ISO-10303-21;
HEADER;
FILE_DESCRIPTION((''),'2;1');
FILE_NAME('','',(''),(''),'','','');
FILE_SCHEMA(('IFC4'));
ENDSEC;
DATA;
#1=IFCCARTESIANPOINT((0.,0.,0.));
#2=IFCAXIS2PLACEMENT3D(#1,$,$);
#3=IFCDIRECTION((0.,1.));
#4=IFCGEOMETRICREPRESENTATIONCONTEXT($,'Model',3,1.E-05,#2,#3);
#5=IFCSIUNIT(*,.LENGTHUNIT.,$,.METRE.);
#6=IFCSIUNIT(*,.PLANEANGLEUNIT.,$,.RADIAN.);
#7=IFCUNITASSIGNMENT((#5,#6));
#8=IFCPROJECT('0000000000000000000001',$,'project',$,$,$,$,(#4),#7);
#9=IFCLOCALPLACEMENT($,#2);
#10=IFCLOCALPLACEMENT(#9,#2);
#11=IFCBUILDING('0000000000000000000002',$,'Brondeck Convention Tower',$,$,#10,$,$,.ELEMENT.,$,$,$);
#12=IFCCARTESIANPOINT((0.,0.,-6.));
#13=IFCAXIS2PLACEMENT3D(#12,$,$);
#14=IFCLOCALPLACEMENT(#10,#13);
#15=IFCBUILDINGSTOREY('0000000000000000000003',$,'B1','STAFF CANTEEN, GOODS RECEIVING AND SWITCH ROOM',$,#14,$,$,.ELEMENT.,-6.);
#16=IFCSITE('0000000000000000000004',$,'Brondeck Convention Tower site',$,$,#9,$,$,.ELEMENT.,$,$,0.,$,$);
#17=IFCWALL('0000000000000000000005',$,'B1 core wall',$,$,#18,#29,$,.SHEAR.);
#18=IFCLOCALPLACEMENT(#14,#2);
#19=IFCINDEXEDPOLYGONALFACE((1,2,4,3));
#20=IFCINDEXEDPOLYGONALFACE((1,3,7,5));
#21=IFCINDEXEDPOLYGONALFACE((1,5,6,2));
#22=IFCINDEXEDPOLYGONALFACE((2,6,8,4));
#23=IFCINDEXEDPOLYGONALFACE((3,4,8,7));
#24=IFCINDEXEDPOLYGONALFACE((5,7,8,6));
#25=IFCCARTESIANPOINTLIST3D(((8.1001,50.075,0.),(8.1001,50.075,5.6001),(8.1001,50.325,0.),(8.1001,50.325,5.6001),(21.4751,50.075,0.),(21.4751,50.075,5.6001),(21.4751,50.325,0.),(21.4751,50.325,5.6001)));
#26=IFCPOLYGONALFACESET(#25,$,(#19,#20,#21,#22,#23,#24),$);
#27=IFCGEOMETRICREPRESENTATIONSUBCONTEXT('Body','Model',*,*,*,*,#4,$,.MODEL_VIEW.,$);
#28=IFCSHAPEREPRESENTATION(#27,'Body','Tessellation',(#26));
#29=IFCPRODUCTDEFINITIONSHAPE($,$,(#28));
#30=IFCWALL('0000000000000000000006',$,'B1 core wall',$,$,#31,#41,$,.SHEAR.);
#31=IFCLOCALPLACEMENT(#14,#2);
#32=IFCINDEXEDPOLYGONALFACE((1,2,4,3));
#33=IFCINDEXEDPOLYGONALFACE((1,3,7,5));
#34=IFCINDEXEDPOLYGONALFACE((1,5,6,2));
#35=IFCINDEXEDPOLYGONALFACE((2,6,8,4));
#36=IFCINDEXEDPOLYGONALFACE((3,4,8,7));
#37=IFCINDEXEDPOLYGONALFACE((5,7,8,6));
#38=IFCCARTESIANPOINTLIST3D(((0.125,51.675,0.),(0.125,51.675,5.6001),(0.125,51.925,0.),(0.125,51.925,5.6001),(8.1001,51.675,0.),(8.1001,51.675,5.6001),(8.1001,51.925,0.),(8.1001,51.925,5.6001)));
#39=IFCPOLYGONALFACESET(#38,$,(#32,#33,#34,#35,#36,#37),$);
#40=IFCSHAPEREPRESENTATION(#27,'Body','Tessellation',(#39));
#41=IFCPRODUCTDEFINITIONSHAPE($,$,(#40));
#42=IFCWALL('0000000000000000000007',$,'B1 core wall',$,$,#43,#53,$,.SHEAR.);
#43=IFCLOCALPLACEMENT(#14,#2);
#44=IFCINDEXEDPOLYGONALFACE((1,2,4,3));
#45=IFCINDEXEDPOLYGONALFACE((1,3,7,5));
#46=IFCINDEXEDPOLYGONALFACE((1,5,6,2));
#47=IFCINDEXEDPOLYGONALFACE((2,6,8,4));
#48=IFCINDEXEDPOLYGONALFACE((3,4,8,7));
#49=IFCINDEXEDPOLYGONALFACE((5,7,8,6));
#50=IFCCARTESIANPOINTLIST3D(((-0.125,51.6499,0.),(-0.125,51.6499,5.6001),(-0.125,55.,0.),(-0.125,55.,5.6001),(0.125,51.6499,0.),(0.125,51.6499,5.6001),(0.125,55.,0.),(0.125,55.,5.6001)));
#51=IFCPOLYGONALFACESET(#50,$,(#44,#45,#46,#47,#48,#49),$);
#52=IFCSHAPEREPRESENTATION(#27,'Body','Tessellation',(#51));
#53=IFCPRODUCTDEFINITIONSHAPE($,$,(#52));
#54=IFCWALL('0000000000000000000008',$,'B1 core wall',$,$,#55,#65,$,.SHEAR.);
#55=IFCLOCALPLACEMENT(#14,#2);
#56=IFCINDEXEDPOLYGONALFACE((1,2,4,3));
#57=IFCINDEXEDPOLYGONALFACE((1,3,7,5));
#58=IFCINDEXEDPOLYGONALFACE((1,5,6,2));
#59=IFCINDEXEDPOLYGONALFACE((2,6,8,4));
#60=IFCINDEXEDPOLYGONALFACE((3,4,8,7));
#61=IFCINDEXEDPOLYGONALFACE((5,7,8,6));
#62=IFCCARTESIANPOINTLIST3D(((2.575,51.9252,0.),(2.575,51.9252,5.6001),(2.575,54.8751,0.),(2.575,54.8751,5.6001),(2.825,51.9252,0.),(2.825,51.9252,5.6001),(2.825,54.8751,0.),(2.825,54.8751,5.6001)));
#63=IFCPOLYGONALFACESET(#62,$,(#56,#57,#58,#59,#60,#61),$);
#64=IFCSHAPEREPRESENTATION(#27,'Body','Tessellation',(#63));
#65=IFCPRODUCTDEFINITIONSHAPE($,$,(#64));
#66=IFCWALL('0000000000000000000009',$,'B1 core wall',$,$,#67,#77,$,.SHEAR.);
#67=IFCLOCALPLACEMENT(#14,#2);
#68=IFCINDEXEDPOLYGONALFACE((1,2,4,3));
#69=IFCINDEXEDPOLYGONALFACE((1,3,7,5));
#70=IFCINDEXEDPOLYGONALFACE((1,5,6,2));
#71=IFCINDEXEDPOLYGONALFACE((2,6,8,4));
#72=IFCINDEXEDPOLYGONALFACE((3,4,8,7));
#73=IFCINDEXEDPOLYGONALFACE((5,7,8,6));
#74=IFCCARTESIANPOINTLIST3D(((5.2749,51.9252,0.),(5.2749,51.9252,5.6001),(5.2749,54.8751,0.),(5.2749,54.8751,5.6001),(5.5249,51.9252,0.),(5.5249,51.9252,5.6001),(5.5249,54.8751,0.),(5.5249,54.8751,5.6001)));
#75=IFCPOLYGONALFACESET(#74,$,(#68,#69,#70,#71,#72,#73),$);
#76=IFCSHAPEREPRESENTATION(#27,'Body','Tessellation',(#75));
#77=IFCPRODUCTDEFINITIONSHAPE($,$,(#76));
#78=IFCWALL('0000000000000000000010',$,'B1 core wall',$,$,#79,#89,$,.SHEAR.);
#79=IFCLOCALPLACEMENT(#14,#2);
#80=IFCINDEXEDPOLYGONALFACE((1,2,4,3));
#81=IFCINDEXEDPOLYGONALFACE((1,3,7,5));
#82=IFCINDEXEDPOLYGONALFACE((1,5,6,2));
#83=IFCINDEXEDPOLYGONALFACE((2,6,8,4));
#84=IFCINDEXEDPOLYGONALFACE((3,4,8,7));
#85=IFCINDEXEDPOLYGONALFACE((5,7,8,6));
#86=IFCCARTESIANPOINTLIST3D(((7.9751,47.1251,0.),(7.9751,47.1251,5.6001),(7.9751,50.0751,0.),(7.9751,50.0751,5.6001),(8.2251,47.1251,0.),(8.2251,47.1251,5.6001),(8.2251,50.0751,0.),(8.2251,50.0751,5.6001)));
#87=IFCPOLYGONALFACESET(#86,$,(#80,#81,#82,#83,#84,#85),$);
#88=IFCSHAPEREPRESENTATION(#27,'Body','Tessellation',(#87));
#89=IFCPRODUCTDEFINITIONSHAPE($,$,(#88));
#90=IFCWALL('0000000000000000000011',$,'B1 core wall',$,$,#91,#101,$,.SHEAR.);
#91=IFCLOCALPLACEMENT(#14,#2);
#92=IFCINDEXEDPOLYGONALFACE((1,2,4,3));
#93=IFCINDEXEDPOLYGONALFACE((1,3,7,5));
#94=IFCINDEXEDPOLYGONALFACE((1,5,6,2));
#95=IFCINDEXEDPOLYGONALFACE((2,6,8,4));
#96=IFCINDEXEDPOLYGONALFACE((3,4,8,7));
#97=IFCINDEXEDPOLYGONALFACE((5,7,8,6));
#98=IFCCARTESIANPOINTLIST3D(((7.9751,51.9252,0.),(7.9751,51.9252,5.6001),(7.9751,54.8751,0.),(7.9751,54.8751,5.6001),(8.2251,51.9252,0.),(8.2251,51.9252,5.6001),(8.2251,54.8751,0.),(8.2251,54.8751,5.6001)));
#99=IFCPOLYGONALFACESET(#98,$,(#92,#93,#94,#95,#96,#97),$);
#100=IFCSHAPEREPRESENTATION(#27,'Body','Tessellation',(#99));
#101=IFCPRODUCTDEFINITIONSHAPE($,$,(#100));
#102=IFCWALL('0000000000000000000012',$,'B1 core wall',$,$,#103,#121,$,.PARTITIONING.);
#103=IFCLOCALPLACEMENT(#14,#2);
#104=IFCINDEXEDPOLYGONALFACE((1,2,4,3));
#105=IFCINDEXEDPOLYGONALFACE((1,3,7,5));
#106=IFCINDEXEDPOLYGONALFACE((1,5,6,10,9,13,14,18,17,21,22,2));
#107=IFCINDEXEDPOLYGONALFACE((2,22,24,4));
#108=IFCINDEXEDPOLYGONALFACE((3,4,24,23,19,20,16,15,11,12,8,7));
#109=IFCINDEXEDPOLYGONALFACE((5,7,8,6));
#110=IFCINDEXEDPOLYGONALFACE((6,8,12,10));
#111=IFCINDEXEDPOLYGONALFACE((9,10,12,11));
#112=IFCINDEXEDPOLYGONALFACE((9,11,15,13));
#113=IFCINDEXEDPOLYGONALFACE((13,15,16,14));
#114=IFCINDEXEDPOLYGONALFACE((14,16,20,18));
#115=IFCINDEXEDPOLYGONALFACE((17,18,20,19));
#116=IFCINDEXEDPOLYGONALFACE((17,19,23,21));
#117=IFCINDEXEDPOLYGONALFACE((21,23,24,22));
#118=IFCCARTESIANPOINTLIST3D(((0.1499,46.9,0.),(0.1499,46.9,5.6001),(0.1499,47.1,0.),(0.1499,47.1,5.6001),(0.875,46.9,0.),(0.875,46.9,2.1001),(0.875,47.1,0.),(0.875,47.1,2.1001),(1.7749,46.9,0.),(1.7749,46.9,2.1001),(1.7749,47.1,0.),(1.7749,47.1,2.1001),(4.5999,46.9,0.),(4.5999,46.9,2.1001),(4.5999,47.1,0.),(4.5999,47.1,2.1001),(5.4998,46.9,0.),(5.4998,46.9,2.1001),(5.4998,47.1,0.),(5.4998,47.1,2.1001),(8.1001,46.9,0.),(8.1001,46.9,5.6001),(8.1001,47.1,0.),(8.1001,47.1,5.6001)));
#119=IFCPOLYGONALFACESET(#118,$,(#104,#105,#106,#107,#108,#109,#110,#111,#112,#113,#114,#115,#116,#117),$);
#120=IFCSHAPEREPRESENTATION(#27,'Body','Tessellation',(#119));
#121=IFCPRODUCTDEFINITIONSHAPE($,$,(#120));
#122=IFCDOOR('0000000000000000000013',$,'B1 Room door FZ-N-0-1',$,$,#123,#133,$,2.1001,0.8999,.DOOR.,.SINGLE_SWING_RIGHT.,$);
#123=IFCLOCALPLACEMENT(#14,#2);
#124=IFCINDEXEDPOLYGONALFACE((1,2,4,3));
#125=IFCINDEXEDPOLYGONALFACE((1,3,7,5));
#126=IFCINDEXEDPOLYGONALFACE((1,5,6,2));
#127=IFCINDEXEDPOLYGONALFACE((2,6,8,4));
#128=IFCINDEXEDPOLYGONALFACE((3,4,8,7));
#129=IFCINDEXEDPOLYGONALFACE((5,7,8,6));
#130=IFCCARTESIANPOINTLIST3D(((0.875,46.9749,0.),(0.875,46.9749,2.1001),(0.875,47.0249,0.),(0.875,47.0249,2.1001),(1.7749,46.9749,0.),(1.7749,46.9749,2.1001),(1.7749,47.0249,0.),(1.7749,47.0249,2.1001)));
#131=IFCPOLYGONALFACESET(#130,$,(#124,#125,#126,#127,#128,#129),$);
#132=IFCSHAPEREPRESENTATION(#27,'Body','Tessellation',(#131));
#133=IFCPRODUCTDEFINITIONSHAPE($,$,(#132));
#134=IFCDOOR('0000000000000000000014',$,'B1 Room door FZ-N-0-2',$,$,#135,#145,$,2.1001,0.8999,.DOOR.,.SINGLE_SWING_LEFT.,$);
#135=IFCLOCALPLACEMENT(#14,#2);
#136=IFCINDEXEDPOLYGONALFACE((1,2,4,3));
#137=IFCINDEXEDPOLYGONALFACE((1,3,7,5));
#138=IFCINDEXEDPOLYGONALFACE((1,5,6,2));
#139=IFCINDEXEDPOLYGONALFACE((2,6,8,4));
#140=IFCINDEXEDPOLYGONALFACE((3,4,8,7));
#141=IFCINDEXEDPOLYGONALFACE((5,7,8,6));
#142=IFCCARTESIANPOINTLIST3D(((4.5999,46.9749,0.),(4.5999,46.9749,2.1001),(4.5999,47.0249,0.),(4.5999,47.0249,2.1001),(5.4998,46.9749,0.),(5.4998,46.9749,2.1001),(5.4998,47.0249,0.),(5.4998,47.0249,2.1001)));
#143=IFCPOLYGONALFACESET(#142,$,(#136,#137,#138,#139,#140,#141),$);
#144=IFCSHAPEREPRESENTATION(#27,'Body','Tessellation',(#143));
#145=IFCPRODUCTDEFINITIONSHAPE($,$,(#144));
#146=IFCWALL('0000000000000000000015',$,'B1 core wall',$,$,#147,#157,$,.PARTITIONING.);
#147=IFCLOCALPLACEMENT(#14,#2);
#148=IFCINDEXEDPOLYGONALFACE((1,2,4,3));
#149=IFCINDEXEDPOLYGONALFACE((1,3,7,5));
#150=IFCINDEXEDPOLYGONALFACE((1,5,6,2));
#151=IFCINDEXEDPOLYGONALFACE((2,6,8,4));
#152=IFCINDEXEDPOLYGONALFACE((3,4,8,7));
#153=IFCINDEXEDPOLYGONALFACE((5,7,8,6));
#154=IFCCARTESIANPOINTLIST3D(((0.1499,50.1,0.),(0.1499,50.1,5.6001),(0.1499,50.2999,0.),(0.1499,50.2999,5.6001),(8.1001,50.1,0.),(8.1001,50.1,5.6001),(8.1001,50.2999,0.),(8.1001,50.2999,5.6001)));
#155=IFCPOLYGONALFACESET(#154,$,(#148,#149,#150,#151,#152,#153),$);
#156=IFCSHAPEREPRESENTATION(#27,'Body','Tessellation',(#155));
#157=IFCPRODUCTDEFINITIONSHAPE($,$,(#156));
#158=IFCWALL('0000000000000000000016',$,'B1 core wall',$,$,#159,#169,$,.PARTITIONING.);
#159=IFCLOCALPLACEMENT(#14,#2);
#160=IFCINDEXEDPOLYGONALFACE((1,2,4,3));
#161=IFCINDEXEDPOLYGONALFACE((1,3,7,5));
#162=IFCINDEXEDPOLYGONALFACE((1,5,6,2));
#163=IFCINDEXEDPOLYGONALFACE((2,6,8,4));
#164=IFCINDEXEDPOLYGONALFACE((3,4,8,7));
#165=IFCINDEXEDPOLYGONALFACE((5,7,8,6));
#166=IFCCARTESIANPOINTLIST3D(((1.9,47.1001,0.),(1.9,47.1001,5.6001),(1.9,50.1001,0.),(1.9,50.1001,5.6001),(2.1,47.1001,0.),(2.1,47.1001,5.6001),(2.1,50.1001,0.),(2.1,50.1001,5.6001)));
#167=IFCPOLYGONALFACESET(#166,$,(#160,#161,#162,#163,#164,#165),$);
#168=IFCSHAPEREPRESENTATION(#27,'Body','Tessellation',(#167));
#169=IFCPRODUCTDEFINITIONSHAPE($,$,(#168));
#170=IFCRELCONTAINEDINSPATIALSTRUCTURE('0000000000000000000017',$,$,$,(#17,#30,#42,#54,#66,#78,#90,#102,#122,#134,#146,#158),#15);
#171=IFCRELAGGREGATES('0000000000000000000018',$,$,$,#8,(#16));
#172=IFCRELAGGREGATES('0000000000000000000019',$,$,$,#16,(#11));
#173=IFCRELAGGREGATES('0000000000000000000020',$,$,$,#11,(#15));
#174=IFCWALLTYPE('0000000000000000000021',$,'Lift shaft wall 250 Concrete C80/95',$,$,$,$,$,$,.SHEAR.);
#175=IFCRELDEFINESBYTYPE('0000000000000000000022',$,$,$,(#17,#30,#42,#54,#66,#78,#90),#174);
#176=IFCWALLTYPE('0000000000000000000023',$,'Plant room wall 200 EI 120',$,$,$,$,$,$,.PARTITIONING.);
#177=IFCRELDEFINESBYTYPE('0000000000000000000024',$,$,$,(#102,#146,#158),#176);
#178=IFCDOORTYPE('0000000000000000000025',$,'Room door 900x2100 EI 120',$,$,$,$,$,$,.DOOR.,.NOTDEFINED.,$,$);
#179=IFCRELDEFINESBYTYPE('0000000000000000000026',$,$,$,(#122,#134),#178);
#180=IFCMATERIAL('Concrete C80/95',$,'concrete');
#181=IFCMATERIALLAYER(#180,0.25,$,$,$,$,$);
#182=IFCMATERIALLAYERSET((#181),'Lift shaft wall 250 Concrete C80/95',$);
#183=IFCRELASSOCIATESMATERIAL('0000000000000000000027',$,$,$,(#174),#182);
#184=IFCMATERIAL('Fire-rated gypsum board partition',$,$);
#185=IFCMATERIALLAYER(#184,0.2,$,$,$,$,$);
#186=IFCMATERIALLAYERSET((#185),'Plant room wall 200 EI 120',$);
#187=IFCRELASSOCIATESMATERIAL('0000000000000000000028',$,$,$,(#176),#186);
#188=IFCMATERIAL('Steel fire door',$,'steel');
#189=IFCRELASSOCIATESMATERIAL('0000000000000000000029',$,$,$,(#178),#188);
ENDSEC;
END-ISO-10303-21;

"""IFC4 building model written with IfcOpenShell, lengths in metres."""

from ifc_helpers import new_model, si_unit, direction, frame, frame_2d, origin, place, context, subcontext, project, spatial, rectangle, extrude, material, layer, layer_set, type_object, element, fill, save


model = new_model("IFC4")

# Units and contexts
model_context = context("Model", 3, precision=1e-05, world=origin(), true_north=direction((0.0, 1.0)))
body_context = subcontext(model_context, "Body", "Model", "MODEL_VIEW")
ifc_project = project(units=[si_unit("LENGTHUNIT", "METRE"), si_unit("PLANEANGLEUNIT", "RADIAN")], contexts=[model_context])

# Site, building, storey
site_placement = place(None, origin())
site = spatial("IfcSite", under=ifc_project, at=site_placement, Name="Brondeck Convention Tower site", CompositionType="ELEMENT", RefElevation=0.0)
building_placement = place(site_placement, origin())
building = spatial("IfcBuilding", under=site, at=building_placement, Name="Brondeck Convention Tower", CompositionType="ELEMENT")
storey_placement = place(building_placement, frame((0.0, 0.0, -6.0)))
storey = spatial("IfcBuildingStorey", under=building, at=storey_placement, Name="B1", Description="STAFF CANTEEN, GOODS RECEIVING AND SWITCH ROOM", CompositionType="ELEMENT", Elevation=-6.0)

# Shared definitions
ifc_material_1 = material(Name="Concrete C80/95", Category="concrete")

# Walls
ifc_material_2 = material(Name="Fire-rated gypsum board partition")
ifc_layer_1 = layer(ifc_material_1, 0.25)
ifc_layer_set_1 = layer_set([ifc_layer_1], Name="Lift shaft wall 250 Concrete C80/95")
wall_type_1 = type_object("IfcWallType", Name="Lift shaft wall 250 Concrete C80/95", PredefinedType="SHEAR", material=ifc_layer_set_1)
wall_1_placement = place(storey_placement, frame((8.1001, 50.2, 0.0), z_axis=(0.0, 0.0, 1.0), x_axis=(1.0, 0.0, 0.0)))
element("IfcWall", 1, at=wall_1_placement, inside=storey, type_object=wall_type_1, Name="B1 core wall", PredefinedType="SHEAR", context=body_context, shape_type="SweptSolid", body=[
    extrude(rectangle(XDim=13.375, YDim=0.25, at=frame_2d((6.6875, 0.0))), origin(), (0.0, 0.0, 1.0), 5.6001),
])
wall_2_placement = place(storey_placement, frame((0.125, 51.8, 0.0), z_axis=(0.0, 0.0, 1.0), x_axis=(1.0, 0.0, 0.0)))
element("IfcWall", 2, at=wall_2_placement, inside=storey, type_object=wall_type_1, Name="B1 core wall", PredefinedType="SHEAR", context=body_context, shape_type="SweptSolid", body=[
    extrude(rectangle(XDim=7.9751, YDim=0.25, at=frame_2d((3.9875, 0.0))), origin(), (0.0, 0.0, 1.0), 5.6001),
])
wall_3_placement = place(storey_placement, frame((0.0, 51.6499, 0.0), z_axis=(0.0, 0.0, 1.0), x_axis=(0.0, 1.0, 0.0)))
element("IfcWall", 3, at=wall_3_placement, inside=storey, type_object=wall_type_1, Name="B1 core wall", PredefinedType="SHEAR", context=body_context, shape_type="SweptSolid", body=[
    extrude(rectangle(XDim=3.3501, YDim=0.25, at=frame_2d((1.675, 0.0))), origin(), (0.0, 0.0, 1.0), 5.6001),
])
for number, where, z_axis, x_axis, name in (
    (4, (2.7, 51.925, 0.0), (0.0, 0.0, 1.0), (0.0, 1.0, 0.0), "B1 core wall"),
    (5, (5.3999, 51.925, 0.0), (0.0, 0.0, 1.0), (0.0, 1.0, 0.0), "B1 core wall"),
    (6, (8.1001, 47.125, 0.0), (0.0, 0.0, 1.0), (0.0, 1.0, 0.0), "B1 core wall"),
    (7, (8.1001, 51.925, 0.0), (0.0, 0.0, 1.0), (0.0, 1.0, 0.0), "B1 core wall"),
):
    element("IfcWall", number, at=place(storey_placement, frame(where, z_axis=z_axis, x_axis=x_axis)), inside=storey, type_object=wall_type_1, Name=name, PredefinedType="SHEAR", context=body_context, shape_type="SweptSolid", body=[
        extrude(rectangle(XDim=2.95, YDim=0.25, at=frame_2d((1.4751, 0.0))), origin(), (0.0, 0.0, 1.0), 5.6001),
    ])

# Wall, openings, doors
ifc_layer_2 = layer(ifc_material_2, 0.2)
ifc_layer_set_2 = layer_set([ifc_layer_2], Name="Plant room wall 200 EI 120")
wall_type_2 = type_object("IfcWallType", Name="Plant room wall 200 EI 120", PredefinedType="PARTITIONING", material=ifc_layer_set_2)
wall_4_placement = place(storey_placement, frame((0.1499, 47.0, 0.0), z_axis=(0.0, 0.0, 1.0), x_axis=(1.0, 0.0, 0.0)))
wall_4 = element("IfcWall", 8, at=wall_4_placement, inside=storey, type_object=wall_type_2, Name="B1 core wall", PredefinedType="PARTITIONING", context=body_context, shape_type="SweptSolid", body=[
    extrude(rectangle(XDim=7.9502, YDim=0.2, at=frame_2d((3.9751, 0.0))), origin(), (0.0, 0.0, 1.0), 5.6001),
])
opening_1_placement = place(wall_4_placement, frame((0.7251, 0.0, 0.0)))
opening_1 = element("IfcOpeningElement", 9, at=opening_1_placement, cuts=wall_4, PredefinedType="OPENING", context=body_context, shape_type="SweptSolid", body=[
    extrude(rectangle(XDim=0.8999, YDim=2.1001, at=frame_2d((0.45, 1.05))), frame((0.0, 0.1099, 0.0), z_axis=(0.0, -1.0, 0.0), x_axis=(1.0, 0.0, 0.0)), (0.0, 0.0, 1.0), 0.22),
])
opening_2_placement = place(wall_4_placement, frame((4.45, 0.0, 0.0)))
opening_2 = element("IfcOpeningElement", 10, at=opening_2_placement, cuts=wall_4, PredefinedType="OPENING", context=body_context, shape_type="SweptSolid", body=[
    extrude(rectangle(XDim=0.8999, YDim=2.1001, at=frame_2d((0.45, 1.05))), frame((0.0, 0.1099, 0.0), z_axis=(0.0, -1.0, 0.0), x_axis=(1.0, 0.0, 0.0)), (0.0, 0.0, 1.0), 0.22),
])
ifc_material_3 = material(Name="Steel fire door", Category="steel")
door_type = type_object("IfcDoorType", Name="Room door 900x2100 EI 120", OperationType="NOTDEFINED", PredefinedType="DOOR", material=ifc_material_3)
door_1_placement = place(opening_1_placement, origin())
door_1 = element("IfcDoor", 11, at=door_1_placement, inside=storey, type_object=door_type, Name="B1 Room door FZ-N-0-1", OperationType="SINGLE_SWING_RIGHT", OverallHeight=2.1001, OverallWidth=0.8999, PredefinedType="DOOR", context=body_context, shape_type="SweptSolid", body=[
    extrude(rectangle(XDim=0.8999, YDim=2.1001, at=frame_2d((0.45, 1.05))), frame((0.0, 0.0249, 0.0), z_axis=(0.0, -1.0, 0.0), x_axis=(1.0, 0.0, 0.0)), (0.0, 0.0, 1.0), 0.05),
])
fill(opening_1, door_1)
door_2_placement = place(opening_2_placement, origin())
door_2 = element("IfcDoor", 12, at=door_2_placement, inside=storey, type_object=door_type, Name="B1 Room door FZ-N-0-2", OperationType="SINGLE_SWING_LEFT", OverallHeight=2.1001, OverallWidth=0.8999, PredefinedType="DOOR", context=body_context, shape_type="SweptSolid", body=[
    extrude(rectangle(XDim=0.8999, YDim=2.1001, at=frame_2d((0.45, 1.05))), frame((0.0, 0.0249, 0.0), z_axis=(0.0, -1.0, 0.0), x_axis=(1.0, 0.0, 0.0)), (0.0, 0.0, 1.0), 0.05),
])
fill(opening_2, door_2)

# Walls
wall_5_placement = place(storey_placement, frame((0.1499, 50.2, 0.0), z_axis=(0.0, 0.0, 1.0), x_axis=(1.0, 0.0, 0.0)))
element("IfcWall", 13, at=wall_5_placement, inside=storey, type_object=wall_type_2, Name="B1 core wall", PredefinedType="PARTITIONING", context=body_context, shape_type="SweptSolid", body=[
    extrude(rectangle(XDim=7.9502, YDim=0.2, at=frame_2d((3.9751, 0.0))), origin(), (0.0, 0.0, 1.0), 5.6001),
])
wall_6_placement = place(storey_placement, frame((2.0, 47.1001, 0.0), z_axis=(0.0, 0.0, 1.0), x_axis=(0.0, 1.0, 0.0)))
element("IfcWall", 14, at=wall_6_placement, inside=storey, type_object=wall_type_2, Name="B1 core wall", PredefinedType="PARTITIONING", context=body_context, shape_type="SweptSolid", body=[
    extrude(rectangle(XDim=3.0, YDim=0.2, at=frame_2d((1.5, 0.0))), origin(), (0.0, 0.0, 1.0), 5.6001),
])

save(model, "model.ifc")
